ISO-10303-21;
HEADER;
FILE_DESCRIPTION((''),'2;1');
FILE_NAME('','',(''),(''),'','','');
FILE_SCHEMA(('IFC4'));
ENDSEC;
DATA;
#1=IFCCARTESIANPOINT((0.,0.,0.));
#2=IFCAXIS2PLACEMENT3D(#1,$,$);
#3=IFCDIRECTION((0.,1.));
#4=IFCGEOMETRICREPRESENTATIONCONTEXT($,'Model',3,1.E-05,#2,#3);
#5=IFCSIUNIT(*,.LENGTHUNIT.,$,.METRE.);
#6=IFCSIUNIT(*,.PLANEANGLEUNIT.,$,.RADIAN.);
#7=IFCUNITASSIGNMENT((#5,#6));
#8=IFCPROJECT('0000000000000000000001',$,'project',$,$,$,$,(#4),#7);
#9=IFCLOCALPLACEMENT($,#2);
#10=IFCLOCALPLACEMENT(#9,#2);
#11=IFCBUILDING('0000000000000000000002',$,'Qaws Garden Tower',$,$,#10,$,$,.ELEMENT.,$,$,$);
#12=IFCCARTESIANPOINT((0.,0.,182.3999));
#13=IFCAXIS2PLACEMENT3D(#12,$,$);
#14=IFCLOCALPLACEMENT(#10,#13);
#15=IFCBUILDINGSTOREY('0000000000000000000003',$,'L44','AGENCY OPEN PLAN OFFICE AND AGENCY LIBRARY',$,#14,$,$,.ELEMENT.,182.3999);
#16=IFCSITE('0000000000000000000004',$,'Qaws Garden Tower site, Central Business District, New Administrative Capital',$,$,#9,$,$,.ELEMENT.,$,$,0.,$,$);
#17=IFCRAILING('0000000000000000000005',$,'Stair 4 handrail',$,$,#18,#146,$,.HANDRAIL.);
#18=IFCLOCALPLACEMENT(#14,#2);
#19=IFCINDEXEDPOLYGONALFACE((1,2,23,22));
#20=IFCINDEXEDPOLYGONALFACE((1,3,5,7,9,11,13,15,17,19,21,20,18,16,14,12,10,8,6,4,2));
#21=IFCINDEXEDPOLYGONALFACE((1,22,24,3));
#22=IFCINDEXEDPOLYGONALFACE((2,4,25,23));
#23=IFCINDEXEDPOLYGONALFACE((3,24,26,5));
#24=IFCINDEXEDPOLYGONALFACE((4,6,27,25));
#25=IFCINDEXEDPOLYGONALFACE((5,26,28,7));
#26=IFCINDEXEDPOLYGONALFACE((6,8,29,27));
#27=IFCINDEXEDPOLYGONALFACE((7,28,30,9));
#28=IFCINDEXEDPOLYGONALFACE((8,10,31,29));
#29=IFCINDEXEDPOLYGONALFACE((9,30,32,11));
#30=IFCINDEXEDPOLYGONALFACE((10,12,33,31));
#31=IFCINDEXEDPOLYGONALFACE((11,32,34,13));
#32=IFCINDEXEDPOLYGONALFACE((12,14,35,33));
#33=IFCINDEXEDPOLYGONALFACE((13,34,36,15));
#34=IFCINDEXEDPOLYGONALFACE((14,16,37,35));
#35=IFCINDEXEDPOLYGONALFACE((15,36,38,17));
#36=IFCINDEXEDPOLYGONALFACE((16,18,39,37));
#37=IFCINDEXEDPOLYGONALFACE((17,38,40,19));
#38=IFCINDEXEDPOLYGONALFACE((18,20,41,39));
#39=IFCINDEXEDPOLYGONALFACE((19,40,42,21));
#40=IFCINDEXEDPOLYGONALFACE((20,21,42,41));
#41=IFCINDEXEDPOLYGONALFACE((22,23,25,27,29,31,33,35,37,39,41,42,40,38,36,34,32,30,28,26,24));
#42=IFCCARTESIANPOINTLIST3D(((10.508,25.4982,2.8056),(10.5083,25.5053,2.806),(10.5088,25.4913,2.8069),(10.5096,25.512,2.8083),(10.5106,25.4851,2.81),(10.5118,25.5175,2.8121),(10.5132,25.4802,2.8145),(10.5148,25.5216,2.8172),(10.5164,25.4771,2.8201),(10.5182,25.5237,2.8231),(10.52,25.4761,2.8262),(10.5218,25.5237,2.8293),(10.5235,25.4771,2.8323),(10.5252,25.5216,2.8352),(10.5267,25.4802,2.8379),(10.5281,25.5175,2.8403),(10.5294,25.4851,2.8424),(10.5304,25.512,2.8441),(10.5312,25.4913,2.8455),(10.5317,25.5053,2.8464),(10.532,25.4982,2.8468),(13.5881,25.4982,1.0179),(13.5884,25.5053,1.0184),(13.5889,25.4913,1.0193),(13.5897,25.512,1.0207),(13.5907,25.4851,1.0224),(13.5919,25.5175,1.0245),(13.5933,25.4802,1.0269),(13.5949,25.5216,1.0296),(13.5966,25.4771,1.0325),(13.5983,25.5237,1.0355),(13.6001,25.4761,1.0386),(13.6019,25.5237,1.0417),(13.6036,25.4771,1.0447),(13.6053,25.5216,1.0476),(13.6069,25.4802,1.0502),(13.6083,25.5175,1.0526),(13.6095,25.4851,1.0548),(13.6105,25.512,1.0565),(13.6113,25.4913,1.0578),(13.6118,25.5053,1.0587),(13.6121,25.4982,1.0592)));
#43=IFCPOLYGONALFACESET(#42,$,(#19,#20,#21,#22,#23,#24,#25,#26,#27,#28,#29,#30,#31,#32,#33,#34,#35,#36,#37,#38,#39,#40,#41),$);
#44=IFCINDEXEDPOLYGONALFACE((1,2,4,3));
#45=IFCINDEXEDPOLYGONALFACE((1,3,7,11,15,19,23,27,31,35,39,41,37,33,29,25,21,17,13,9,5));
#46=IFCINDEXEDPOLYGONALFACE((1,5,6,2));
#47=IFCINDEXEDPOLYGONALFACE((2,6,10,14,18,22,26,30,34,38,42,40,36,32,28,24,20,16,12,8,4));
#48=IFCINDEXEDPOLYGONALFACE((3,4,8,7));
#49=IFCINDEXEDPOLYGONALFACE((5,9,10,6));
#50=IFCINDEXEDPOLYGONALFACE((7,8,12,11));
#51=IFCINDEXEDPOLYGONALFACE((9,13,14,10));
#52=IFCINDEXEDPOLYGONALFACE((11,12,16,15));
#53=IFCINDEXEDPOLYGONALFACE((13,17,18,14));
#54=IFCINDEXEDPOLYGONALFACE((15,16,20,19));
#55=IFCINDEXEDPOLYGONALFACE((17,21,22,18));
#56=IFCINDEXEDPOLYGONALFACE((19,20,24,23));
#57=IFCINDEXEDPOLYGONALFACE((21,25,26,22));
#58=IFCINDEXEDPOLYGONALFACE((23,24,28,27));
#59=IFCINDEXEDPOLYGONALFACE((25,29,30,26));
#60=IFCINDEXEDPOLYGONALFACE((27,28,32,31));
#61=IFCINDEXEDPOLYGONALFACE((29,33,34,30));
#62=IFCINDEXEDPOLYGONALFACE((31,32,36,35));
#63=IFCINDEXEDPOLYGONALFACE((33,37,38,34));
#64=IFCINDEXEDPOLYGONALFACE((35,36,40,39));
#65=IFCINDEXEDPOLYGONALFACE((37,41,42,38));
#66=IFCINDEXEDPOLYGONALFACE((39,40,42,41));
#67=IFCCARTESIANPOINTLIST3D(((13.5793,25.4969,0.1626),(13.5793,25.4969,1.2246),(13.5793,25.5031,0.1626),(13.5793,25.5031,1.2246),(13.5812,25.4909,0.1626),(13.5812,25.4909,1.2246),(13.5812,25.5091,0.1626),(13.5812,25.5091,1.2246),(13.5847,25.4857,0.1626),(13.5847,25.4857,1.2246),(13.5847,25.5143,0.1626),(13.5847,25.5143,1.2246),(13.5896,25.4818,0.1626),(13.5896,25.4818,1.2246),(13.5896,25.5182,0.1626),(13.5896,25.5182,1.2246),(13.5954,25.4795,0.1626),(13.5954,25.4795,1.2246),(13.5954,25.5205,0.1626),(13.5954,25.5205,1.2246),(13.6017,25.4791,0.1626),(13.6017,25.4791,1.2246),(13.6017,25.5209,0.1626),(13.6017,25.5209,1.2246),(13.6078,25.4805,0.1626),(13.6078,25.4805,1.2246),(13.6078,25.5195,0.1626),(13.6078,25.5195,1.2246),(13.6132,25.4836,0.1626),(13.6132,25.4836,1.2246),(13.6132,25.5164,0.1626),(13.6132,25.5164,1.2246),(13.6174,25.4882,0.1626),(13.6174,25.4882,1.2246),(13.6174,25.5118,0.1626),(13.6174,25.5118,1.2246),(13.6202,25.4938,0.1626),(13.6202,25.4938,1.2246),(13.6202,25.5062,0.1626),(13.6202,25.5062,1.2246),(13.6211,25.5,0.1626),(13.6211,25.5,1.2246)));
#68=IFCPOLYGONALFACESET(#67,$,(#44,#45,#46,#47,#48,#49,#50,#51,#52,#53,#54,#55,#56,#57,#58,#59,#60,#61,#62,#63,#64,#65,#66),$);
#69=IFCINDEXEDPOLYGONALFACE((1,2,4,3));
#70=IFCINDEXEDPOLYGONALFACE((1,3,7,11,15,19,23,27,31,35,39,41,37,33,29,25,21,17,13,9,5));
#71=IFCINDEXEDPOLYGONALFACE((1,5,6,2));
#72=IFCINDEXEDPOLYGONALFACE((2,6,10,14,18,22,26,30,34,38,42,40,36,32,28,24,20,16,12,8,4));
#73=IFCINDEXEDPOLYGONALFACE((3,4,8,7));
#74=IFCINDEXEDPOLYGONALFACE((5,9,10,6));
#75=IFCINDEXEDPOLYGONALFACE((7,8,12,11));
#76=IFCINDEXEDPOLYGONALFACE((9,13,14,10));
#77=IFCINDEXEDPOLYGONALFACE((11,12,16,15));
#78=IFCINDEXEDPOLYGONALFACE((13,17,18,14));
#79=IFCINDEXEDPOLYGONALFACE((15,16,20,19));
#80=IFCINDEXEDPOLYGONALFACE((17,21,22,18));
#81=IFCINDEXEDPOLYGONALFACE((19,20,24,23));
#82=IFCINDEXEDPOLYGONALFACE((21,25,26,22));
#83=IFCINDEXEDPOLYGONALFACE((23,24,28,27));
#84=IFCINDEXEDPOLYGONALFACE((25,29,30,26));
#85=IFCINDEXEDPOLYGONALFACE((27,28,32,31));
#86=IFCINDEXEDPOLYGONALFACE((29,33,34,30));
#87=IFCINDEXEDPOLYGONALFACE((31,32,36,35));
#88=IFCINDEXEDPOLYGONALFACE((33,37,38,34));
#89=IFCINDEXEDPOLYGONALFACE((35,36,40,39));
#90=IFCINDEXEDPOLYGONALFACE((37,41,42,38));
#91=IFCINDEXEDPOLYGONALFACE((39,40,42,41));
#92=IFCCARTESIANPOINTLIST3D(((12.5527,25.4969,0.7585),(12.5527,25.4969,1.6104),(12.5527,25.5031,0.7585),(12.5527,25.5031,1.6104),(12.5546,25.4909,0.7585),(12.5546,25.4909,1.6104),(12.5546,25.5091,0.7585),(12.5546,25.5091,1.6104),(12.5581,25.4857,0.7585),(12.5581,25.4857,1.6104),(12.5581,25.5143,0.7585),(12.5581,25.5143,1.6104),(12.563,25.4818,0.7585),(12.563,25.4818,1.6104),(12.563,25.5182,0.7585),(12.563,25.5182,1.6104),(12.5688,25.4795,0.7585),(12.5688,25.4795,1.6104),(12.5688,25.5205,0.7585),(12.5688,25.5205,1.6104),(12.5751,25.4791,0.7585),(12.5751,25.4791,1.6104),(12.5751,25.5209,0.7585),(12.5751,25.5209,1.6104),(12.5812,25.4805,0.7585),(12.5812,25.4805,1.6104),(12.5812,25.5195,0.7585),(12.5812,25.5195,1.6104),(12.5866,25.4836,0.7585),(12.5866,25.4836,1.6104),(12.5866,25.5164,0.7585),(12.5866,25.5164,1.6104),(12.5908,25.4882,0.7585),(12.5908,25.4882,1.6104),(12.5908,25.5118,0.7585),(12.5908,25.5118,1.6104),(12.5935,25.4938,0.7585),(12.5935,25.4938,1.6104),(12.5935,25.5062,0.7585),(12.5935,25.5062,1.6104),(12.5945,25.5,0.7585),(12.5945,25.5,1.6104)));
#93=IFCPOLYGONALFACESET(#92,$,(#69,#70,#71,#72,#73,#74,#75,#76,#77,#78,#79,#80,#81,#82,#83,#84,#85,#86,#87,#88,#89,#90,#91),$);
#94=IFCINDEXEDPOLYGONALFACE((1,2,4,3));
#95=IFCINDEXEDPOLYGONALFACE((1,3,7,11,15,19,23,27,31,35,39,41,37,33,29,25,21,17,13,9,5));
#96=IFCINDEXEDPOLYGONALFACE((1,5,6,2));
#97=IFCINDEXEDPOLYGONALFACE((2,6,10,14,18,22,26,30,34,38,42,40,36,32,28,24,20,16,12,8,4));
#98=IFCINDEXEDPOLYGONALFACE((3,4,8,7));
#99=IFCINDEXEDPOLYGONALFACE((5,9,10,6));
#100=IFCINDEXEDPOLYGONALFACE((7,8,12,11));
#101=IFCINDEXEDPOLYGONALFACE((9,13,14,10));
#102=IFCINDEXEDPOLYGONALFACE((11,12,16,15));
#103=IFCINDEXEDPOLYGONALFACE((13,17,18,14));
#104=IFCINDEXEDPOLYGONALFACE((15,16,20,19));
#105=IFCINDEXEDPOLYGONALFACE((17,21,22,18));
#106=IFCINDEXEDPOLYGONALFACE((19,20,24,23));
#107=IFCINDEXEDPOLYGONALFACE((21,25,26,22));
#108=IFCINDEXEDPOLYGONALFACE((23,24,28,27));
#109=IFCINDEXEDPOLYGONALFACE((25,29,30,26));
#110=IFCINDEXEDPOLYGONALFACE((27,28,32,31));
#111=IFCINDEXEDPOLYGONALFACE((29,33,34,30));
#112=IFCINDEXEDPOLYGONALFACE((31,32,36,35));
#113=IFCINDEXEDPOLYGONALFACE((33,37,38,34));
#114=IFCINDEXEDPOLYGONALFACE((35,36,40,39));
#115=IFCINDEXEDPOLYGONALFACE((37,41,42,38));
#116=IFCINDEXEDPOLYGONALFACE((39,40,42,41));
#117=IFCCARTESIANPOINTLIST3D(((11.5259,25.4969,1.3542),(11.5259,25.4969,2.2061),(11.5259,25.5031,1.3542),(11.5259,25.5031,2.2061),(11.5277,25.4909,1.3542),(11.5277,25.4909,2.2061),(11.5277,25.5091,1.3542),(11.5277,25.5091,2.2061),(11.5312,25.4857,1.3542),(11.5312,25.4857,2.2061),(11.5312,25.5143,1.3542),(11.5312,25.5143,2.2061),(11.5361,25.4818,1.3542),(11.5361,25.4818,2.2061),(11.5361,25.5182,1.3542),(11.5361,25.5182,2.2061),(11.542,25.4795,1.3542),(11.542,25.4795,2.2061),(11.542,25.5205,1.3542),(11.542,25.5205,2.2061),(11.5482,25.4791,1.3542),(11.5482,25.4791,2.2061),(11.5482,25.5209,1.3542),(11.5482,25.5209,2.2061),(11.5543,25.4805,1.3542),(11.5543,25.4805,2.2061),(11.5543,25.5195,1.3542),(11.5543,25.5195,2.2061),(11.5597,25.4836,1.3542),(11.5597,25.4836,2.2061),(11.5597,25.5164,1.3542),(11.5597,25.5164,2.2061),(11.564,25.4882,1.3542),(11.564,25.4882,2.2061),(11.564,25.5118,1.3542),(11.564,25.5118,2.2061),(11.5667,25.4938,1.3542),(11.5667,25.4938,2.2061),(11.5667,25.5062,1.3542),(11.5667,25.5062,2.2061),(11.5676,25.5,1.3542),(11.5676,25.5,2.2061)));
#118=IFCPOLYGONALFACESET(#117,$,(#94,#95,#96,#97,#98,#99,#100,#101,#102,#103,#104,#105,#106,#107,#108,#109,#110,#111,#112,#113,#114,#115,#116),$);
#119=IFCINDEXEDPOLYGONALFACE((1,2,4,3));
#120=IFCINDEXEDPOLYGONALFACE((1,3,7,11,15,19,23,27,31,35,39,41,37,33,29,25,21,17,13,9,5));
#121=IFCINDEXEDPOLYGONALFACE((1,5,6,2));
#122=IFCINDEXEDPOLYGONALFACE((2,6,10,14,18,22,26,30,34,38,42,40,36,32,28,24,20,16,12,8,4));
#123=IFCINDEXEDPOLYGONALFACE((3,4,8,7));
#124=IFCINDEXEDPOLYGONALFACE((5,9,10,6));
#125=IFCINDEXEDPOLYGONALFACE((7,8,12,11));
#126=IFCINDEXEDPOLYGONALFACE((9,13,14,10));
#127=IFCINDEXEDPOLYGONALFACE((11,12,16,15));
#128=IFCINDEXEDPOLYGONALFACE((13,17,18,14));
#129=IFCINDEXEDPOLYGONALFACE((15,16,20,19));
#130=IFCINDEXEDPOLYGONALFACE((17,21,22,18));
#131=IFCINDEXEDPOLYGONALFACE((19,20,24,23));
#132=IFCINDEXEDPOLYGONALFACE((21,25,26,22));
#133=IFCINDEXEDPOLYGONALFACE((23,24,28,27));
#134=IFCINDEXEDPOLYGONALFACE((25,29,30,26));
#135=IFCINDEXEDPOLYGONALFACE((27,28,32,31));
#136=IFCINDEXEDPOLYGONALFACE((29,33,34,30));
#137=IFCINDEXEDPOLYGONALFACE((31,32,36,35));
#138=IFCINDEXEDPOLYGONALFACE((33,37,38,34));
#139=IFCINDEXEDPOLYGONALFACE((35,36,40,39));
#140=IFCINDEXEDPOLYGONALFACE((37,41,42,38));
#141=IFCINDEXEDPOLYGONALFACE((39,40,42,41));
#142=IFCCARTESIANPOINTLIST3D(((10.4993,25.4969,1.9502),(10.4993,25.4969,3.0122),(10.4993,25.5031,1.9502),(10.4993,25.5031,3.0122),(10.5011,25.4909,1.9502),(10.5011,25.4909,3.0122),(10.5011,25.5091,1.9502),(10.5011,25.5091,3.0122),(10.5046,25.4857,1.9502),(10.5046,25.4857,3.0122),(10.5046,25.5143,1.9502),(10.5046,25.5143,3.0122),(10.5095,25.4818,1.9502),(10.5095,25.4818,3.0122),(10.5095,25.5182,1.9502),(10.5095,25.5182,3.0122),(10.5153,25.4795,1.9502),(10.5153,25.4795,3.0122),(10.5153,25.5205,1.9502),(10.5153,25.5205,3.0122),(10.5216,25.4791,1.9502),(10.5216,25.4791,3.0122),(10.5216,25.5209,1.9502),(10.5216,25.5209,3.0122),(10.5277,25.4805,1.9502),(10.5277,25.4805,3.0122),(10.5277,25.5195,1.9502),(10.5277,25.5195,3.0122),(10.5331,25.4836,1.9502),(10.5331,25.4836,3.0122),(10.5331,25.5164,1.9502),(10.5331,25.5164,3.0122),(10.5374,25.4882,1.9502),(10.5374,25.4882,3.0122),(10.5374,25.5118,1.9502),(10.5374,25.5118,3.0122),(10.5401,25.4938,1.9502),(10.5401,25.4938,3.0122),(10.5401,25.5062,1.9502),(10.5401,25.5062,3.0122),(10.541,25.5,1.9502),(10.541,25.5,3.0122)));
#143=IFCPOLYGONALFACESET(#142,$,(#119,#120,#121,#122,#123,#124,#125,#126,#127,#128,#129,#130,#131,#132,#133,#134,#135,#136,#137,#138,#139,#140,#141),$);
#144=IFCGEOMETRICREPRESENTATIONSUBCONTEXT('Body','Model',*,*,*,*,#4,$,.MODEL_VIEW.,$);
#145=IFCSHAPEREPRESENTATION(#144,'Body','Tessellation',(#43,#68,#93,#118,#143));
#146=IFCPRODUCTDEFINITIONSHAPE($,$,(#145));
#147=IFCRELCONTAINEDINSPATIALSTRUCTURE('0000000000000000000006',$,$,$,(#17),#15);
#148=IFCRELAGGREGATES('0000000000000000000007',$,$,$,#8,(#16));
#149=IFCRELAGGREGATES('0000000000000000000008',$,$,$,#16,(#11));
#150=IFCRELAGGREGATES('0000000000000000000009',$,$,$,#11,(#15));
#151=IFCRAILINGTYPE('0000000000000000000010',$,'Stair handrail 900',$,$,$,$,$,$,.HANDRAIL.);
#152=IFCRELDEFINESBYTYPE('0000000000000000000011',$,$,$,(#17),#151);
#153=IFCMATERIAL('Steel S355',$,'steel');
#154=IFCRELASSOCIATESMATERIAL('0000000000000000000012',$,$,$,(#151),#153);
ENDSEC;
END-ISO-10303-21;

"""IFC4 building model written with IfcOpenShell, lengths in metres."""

from ifc_helpers import new_model, si_unit, direction, frame, origin, origin_2d, place, context, subcontext, project, spatial, circle, extrude, material, type_object, element, save


model = new_model("IFC4")

# Units and contexts
model_context = context("Model", 3, precision=1e-05, world=origin(), true_north=direction((0.0, 1.0)))
body_context = subcontext(model_context, "Body", "Model", "MODEL_VIEW")
ifc_project = project(units=[si_unit("LENGTHUNIT", "METRE"), si_unit("PLANEANGLEUNIT", "RADIAN")], contexts=[model_context])

# Site, building, storey
site_placement = place(None, origin())
site = spatial("IfcSite", under=ifc_project, at=site_placement, Name="Qaws Garden Tower site, Central Business District, New Administrative Capital", CompositionType="ELEMENT", RefElevation=0.0)
building_placement = place(site_placement, origin())
building = spatial("IfcBuilding", under=site, at=building_placement, Name="Qaws Garden Tower", CompositionType="ELEMENT")
storey_placement = place(building_placement, frame((0.0, 0.0, 182.3999)))
storey = spatial("IfcBuildingStorey", under=building, at=storey_placement, Name="L44", Description="AGENCY OPEN PLAN OFFICE AND AGENCY LIBRARY", CompositionType="ELEMENT", Elevation=182.3999)

# Railing
ifc_material_1 = material(Name="Steel S355", Category="steel")
railing_type = type_object("IfcRailingType", Name="Stair handrail 900", PredefinedType="HANDRAIL", material=ifc_material_1)
railing_1_placement = place(storey_placement, frame((13.6001, 25.5, 0.1626)))
element("IfcRailing", 1, at=railing_1_placement, inside=storey, type_object=railing_type, Name="Stair 4 handrail", PredefinedType="HANDRAIL", context=body_context, shape_type="SweptSolid", body=[
    extrude(circle(Radius=0.0239, at=origin_2d()), frame((0.0, 0.0, 0.876), z_axis=(-0.864891, 0.0, 0.50196), x_axis=(0.0, -1.0, 0.0)), (0.0, 0.0, 1.0), 3.5613),
    extrude(circle(Radius=0.021, at=origin_2d()), origin(), (0.0, 0.0, 1.0), 1.062),
    extrude(circle(Radius=0.021, at=origin_2d()), frame((-1.0266, 0.0, 0.5959)), (0.0, 0.0, 1.0), 0.8518),
    extrude(circle(Radius=0.021, at=origin_2d()), frame((-2.0535, 0.0, 1.1917)), (0.0, 0.0, 1.0), 0.8518),
    extrude(circle(Radius=0.021, at=origin_2d()), frame((-3.0801, 0.0, 1.7876)), (0.0, 0.0, 1.0), 1.062),
])

save(model, "model.ifc")
